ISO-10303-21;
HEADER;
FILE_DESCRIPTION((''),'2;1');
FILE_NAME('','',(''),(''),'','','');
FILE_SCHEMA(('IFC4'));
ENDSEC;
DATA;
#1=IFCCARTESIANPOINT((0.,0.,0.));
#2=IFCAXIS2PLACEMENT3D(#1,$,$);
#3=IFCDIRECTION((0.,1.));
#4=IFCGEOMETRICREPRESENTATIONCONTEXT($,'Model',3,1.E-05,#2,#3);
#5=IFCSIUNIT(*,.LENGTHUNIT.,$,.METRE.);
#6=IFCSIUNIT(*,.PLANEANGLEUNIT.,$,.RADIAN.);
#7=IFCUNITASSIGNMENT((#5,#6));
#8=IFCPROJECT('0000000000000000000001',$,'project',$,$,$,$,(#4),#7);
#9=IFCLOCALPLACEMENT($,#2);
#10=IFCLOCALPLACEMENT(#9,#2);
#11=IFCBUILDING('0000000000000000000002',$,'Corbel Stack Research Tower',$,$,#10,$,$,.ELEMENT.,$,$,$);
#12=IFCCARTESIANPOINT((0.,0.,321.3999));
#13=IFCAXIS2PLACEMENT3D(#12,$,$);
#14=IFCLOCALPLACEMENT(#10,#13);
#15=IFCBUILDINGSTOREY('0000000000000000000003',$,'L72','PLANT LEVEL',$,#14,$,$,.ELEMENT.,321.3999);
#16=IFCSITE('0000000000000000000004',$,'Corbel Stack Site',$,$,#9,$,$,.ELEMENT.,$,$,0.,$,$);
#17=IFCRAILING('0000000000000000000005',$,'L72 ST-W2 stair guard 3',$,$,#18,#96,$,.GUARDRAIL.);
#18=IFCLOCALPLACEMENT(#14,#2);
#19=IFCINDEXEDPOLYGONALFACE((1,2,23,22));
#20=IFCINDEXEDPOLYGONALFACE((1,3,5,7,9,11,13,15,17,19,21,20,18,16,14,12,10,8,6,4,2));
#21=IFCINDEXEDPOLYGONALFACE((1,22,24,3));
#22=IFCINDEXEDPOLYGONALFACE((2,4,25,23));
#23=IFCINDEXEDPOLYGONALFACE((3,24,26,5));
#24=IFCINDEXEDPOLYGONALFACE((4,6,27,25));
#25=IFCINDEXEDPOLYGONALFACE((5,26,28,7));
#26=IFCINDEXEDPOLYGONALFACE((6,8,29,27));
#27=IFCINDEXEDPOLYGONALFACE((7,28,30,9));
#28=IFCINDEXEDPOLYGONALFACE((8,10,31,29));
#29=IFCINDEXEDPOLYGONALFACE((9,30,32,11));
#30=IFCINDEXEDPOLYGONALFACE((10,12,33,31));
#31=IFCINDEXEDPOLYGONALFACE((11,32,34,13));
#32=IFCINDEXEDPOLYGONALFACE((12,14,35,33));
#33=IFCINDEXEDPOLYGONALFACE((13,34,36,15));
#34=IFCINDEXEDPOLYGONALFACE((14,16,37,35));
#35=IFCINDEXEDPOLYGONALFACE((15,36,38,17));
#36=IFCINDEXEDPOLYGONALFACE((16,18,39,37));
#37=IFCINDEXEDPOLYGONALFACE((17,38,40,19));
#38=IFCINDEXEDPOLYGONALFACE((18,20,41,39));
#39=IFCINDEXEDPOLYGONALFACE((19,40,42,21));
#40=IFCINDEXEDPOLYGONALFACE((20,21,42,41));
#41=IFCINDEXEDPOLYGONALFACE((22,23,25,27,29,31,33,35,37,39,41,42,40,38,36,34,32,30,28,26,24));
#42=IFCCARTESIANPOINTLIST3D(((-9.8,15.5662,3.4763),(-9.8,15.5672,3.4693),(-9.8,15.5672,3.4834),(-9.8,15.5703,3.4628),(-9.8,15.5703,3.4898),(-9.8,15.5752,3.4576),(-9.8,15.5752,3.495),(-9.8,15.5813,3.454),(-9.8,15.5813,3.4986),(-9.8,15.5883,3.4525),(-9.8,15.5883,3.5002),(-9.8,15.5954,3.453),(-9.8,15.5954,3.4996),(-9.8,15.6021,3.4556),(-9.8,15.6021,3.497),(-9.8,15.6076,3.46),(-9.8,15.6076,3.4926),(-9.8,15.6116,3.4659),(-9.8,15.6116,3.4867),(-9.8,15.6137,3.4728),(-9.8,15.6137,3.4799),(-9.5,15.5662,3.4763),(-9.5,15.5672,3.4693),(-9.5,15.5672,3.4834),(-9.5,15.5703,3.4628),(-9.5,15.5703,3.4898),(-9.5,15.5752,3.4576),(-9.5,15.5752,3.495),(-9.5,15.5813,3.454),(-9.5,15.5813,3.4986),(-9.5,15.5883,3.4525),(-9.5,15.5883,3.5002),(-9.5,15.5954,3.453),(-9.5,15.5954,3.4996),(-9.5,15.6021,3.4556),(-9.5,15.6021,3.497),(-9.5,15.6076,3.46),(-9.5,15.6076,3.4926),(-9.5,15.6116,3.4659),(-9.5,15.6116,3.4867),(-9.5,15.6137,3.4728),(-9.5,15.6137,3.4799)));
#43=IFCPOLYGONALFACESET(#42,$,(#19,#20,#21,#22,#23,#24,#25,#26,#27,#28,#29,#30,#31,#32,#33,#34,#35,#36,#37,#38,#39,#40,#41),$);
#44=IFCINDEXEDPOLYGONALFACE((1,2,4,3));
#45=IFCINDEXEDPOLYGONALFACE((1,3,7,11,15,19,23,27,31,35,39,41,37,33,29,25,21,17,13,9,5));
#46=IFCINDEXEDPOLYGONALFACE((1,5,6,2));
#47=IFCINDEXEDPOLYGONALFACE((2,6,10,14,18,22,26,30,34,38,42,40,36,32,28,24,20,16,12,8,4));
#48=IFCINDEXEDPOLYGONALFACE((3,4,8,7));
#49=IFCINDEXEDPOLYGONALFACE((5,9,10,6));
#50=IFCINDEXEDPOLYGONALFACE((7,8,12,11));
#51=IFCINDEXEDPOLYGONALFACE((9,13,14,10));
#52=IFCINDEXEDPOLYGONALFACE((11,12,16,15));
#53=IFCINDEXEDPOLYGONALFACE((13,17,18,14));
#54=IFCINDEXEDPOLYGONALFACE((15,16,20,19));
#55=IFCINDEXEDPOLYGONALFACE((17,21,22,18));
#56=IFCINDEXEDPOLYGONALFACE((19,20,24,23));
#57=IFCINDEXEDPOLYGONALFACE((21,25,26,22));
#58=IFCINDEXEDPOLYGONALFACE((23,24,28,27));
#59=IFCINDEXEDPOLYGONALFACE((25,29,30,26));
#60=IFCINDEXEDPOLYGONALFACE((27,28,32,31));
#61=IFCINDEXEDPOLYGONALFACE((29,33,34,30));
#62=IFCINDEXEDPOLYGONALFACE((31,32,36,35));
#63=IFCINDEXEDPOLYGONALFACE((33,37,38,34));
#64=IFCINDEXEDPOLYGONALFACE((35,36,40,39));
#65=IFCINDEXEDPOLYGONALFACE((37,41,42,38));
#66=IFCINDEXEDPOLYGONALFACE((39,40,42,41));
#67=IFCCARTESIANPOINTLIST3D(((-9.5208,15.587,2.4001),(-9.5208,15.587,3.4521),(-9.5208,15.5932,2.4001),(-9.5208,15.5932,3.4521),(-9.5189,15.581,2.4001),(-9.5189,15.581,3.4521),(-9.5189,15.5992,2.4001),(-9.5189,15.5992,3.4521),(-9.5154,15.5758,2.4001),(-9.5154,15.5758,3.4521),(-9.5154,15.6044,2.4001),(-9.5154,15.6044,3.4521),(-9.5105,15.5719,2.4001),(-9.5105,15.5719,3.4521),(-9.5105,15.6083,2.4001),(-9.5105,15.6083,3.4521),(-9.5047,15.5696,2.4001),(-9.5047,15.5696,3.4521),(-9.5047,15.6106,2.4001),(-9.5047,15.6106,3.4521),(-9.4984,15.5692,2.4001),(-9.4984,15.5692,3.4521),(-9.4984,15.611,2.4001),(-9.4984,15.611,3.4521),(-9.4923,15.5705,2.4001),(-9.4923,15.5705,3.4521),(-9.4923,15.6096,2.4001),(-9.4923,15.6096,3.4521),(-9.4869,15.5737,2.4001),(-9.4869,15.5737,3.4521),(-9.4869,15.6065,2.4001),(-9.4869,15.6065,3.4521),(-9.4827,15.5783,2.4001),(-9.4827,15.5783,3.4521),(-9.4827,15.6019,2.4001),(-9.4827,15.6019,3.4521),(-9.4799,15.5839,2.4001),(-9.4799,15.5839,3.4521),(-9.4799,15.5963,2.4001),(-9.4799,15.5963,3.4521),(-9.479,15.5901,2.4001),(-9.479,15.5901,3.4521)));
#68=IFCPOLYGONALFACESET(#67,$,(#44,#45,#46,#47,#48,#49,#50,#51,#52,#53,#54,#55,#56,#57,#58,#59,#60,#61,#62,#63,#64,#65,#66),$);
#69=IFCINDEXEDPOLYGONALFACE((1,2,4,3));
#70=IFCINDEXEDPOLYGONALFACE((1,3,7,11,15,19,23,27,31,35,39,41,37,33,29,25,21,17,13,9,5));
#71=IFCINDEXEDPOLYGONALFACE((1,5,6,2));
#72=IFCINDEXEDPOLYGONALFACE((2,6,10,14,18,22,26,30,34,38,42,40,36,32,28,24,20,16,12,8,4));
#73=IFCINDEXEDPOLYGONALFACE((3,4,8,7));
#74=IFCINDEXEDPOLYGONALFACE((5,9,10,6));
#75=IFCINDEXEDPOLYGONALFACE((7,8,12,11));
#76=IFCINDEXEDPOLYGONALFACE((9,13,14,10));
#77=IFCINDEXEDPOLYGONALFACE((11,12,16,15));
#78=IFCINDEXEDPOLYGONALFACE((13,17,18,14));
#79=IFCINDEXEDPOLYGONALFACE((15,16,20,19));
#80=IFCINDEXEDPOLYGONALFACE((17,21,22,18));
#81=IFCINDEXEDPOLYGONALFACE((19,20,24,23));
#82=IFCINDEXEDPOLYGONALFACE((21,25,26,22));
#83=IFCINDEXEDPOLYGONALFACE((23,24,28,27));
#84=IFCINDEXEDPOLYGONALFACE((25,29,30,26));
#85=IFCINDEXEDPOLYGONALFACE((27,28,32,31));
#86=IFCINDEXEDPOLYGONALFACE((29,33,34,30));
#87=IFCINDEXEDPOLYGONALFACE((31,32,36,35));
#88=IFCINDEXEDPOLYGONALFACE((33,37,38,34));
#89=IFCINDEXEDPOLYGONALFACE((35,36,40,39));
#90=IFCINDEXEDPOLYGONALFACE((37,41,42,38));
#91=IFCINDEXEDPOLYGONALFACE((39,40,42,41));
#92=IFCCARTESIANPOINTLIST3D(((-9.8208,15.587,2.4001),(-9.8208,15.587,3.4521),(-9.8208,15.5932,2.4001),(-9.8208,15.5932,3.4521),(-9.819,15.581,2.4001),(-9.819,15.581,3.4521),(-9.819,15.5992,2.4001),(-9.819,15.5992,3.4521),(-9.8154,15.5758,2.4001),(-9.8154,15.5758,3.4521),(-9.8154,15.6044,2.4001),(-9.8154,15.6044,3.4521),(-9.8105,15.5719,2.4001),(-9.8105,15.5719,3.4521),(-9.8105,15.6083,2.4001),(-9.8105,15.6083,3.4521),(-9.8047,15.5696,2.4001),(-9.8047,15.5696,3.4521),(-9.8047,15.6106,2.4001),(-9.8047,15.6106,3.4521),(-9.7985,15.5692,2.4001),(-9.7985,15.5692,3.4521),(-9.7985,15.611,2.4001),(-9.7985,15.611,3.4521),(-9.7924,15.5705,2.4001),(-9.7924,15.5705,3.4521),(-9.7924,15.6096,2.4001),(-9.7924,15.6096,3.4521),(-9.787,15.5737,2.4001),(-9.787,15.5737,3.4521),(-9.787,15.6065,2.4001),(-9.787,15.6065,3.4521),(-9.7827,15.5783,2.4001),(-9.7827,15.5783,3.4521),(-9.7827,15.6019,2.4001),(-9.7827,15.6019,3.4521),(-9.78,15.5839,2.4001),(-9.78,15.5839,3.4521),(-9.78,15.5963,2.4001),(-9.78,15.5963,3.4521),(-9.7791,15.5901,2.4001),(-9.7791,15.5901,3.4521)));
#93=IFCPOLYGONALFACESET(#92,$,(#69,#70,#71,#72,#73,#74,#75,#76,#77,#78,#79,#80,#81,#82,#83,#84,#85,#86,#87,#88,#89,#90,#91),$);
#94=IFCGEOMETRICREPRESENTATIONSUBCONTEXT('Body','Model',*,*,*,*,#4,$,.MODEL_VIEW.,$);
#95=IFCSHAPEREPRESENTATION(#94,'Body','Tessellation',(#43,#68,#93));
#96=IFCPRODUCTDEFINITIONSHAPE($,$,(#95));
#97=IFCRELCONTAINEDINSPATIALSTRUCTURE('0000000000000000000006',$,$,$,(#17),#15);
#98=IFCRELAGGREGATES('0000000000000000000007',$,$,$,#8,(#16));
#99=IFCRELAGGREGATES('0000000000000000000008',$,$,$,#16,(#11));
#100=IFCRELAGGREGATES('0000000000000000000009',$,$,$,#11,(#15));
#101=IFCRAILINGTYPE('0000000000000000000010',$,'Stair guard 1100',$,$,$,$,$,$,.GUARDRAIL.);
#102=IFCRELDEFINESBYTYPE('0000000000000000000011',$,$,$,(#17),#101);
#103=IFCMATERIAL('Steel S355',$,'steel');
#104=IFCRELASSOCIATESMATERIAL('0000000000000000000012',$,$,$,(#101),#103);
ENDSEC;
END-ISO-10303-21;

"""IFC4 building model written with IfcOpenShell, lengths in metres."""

from ifc_helpers import new_model, si_unit, direction, frame, origin, origin_2d, place, context, subcontext, project, spatial, circle, extrude, material, type_object, element, save


model = new_model("IFC4")

# Units and contexts
model_context = context("Model", 3, precision=1e-05, world=origin(), true_north=direction((0.0, 1.0)))
body_context = subcontext(model_context, "Body", "Model", "MODEL_VIEW")
ifc_project = project(units=[si_unit("LENGTHUNIT", "METRE"), si_unit("PLANEANGLEUNIT", "RADIAN")], contexts=[model_context])

# Site, building, storey
site_placement = place(None, origin())
site = spatial("IfcSite", under=ifc_project, at=site_placement, Name="Corbel Stack Site", CompositionType="ELEMENT", RefElevation=0.0)
building_placement = place(site_placement, origin())
building = spatial("IfcBuilding", under=site, at=building_placement, Name="Corbel Stack Research Tower", CompositionType="ELEMENT")
storey_placement = place(building_placement, frame((0.0, 0.0, 321.3999)))
storey = spatial("IfcBuildingStorey", under=building, at=storey_placement, Name="L72", Description="PLANT LEVEL", CompositionType="ELEMENT", Elevation=321.3999)

# Railing
ifc_material_1 = material(Name="Steel S355", Category="steel")
railing_type_1 = type_object("IfcRailingType", Name="Stair guard 1100", PredefinedType="GUARDRAIL", material=ifc_material_1)
railing_1_placement = place(storey_placement, frame((-9.5, 15.5901, 2.4001)))
element("IfcRailing", 1, at=railing_1_placement, inside=storey, type_object=railing_type_1, Name="L72 ST-W2 stair guard 3", PredefinedType="GUARDRAIL", context=body_context, shape_type="SweptSolid", body=[
    extrude(circle(Radius=0.0239, at=origin_2d()), frame((0.0, 0.0, 1.0762), z_axis=(-1.0, 0.0, 0.0), x_axis=(0.0, -1.0, 0.0)), (0.0, 0.0, 1.0), 0.3),
    extrude(circle(Radius=0.021, at=origin_2d()), origin(), (0.0, 0.0, 1.0), 1.052),
    extrude(circle(Radius=0.021, at=origin_2d()), frame((-0.3, 0.0, 0.0)), (0.0, 0.0, 1.0), 1.052),
])

save(model, "model.ifc")
